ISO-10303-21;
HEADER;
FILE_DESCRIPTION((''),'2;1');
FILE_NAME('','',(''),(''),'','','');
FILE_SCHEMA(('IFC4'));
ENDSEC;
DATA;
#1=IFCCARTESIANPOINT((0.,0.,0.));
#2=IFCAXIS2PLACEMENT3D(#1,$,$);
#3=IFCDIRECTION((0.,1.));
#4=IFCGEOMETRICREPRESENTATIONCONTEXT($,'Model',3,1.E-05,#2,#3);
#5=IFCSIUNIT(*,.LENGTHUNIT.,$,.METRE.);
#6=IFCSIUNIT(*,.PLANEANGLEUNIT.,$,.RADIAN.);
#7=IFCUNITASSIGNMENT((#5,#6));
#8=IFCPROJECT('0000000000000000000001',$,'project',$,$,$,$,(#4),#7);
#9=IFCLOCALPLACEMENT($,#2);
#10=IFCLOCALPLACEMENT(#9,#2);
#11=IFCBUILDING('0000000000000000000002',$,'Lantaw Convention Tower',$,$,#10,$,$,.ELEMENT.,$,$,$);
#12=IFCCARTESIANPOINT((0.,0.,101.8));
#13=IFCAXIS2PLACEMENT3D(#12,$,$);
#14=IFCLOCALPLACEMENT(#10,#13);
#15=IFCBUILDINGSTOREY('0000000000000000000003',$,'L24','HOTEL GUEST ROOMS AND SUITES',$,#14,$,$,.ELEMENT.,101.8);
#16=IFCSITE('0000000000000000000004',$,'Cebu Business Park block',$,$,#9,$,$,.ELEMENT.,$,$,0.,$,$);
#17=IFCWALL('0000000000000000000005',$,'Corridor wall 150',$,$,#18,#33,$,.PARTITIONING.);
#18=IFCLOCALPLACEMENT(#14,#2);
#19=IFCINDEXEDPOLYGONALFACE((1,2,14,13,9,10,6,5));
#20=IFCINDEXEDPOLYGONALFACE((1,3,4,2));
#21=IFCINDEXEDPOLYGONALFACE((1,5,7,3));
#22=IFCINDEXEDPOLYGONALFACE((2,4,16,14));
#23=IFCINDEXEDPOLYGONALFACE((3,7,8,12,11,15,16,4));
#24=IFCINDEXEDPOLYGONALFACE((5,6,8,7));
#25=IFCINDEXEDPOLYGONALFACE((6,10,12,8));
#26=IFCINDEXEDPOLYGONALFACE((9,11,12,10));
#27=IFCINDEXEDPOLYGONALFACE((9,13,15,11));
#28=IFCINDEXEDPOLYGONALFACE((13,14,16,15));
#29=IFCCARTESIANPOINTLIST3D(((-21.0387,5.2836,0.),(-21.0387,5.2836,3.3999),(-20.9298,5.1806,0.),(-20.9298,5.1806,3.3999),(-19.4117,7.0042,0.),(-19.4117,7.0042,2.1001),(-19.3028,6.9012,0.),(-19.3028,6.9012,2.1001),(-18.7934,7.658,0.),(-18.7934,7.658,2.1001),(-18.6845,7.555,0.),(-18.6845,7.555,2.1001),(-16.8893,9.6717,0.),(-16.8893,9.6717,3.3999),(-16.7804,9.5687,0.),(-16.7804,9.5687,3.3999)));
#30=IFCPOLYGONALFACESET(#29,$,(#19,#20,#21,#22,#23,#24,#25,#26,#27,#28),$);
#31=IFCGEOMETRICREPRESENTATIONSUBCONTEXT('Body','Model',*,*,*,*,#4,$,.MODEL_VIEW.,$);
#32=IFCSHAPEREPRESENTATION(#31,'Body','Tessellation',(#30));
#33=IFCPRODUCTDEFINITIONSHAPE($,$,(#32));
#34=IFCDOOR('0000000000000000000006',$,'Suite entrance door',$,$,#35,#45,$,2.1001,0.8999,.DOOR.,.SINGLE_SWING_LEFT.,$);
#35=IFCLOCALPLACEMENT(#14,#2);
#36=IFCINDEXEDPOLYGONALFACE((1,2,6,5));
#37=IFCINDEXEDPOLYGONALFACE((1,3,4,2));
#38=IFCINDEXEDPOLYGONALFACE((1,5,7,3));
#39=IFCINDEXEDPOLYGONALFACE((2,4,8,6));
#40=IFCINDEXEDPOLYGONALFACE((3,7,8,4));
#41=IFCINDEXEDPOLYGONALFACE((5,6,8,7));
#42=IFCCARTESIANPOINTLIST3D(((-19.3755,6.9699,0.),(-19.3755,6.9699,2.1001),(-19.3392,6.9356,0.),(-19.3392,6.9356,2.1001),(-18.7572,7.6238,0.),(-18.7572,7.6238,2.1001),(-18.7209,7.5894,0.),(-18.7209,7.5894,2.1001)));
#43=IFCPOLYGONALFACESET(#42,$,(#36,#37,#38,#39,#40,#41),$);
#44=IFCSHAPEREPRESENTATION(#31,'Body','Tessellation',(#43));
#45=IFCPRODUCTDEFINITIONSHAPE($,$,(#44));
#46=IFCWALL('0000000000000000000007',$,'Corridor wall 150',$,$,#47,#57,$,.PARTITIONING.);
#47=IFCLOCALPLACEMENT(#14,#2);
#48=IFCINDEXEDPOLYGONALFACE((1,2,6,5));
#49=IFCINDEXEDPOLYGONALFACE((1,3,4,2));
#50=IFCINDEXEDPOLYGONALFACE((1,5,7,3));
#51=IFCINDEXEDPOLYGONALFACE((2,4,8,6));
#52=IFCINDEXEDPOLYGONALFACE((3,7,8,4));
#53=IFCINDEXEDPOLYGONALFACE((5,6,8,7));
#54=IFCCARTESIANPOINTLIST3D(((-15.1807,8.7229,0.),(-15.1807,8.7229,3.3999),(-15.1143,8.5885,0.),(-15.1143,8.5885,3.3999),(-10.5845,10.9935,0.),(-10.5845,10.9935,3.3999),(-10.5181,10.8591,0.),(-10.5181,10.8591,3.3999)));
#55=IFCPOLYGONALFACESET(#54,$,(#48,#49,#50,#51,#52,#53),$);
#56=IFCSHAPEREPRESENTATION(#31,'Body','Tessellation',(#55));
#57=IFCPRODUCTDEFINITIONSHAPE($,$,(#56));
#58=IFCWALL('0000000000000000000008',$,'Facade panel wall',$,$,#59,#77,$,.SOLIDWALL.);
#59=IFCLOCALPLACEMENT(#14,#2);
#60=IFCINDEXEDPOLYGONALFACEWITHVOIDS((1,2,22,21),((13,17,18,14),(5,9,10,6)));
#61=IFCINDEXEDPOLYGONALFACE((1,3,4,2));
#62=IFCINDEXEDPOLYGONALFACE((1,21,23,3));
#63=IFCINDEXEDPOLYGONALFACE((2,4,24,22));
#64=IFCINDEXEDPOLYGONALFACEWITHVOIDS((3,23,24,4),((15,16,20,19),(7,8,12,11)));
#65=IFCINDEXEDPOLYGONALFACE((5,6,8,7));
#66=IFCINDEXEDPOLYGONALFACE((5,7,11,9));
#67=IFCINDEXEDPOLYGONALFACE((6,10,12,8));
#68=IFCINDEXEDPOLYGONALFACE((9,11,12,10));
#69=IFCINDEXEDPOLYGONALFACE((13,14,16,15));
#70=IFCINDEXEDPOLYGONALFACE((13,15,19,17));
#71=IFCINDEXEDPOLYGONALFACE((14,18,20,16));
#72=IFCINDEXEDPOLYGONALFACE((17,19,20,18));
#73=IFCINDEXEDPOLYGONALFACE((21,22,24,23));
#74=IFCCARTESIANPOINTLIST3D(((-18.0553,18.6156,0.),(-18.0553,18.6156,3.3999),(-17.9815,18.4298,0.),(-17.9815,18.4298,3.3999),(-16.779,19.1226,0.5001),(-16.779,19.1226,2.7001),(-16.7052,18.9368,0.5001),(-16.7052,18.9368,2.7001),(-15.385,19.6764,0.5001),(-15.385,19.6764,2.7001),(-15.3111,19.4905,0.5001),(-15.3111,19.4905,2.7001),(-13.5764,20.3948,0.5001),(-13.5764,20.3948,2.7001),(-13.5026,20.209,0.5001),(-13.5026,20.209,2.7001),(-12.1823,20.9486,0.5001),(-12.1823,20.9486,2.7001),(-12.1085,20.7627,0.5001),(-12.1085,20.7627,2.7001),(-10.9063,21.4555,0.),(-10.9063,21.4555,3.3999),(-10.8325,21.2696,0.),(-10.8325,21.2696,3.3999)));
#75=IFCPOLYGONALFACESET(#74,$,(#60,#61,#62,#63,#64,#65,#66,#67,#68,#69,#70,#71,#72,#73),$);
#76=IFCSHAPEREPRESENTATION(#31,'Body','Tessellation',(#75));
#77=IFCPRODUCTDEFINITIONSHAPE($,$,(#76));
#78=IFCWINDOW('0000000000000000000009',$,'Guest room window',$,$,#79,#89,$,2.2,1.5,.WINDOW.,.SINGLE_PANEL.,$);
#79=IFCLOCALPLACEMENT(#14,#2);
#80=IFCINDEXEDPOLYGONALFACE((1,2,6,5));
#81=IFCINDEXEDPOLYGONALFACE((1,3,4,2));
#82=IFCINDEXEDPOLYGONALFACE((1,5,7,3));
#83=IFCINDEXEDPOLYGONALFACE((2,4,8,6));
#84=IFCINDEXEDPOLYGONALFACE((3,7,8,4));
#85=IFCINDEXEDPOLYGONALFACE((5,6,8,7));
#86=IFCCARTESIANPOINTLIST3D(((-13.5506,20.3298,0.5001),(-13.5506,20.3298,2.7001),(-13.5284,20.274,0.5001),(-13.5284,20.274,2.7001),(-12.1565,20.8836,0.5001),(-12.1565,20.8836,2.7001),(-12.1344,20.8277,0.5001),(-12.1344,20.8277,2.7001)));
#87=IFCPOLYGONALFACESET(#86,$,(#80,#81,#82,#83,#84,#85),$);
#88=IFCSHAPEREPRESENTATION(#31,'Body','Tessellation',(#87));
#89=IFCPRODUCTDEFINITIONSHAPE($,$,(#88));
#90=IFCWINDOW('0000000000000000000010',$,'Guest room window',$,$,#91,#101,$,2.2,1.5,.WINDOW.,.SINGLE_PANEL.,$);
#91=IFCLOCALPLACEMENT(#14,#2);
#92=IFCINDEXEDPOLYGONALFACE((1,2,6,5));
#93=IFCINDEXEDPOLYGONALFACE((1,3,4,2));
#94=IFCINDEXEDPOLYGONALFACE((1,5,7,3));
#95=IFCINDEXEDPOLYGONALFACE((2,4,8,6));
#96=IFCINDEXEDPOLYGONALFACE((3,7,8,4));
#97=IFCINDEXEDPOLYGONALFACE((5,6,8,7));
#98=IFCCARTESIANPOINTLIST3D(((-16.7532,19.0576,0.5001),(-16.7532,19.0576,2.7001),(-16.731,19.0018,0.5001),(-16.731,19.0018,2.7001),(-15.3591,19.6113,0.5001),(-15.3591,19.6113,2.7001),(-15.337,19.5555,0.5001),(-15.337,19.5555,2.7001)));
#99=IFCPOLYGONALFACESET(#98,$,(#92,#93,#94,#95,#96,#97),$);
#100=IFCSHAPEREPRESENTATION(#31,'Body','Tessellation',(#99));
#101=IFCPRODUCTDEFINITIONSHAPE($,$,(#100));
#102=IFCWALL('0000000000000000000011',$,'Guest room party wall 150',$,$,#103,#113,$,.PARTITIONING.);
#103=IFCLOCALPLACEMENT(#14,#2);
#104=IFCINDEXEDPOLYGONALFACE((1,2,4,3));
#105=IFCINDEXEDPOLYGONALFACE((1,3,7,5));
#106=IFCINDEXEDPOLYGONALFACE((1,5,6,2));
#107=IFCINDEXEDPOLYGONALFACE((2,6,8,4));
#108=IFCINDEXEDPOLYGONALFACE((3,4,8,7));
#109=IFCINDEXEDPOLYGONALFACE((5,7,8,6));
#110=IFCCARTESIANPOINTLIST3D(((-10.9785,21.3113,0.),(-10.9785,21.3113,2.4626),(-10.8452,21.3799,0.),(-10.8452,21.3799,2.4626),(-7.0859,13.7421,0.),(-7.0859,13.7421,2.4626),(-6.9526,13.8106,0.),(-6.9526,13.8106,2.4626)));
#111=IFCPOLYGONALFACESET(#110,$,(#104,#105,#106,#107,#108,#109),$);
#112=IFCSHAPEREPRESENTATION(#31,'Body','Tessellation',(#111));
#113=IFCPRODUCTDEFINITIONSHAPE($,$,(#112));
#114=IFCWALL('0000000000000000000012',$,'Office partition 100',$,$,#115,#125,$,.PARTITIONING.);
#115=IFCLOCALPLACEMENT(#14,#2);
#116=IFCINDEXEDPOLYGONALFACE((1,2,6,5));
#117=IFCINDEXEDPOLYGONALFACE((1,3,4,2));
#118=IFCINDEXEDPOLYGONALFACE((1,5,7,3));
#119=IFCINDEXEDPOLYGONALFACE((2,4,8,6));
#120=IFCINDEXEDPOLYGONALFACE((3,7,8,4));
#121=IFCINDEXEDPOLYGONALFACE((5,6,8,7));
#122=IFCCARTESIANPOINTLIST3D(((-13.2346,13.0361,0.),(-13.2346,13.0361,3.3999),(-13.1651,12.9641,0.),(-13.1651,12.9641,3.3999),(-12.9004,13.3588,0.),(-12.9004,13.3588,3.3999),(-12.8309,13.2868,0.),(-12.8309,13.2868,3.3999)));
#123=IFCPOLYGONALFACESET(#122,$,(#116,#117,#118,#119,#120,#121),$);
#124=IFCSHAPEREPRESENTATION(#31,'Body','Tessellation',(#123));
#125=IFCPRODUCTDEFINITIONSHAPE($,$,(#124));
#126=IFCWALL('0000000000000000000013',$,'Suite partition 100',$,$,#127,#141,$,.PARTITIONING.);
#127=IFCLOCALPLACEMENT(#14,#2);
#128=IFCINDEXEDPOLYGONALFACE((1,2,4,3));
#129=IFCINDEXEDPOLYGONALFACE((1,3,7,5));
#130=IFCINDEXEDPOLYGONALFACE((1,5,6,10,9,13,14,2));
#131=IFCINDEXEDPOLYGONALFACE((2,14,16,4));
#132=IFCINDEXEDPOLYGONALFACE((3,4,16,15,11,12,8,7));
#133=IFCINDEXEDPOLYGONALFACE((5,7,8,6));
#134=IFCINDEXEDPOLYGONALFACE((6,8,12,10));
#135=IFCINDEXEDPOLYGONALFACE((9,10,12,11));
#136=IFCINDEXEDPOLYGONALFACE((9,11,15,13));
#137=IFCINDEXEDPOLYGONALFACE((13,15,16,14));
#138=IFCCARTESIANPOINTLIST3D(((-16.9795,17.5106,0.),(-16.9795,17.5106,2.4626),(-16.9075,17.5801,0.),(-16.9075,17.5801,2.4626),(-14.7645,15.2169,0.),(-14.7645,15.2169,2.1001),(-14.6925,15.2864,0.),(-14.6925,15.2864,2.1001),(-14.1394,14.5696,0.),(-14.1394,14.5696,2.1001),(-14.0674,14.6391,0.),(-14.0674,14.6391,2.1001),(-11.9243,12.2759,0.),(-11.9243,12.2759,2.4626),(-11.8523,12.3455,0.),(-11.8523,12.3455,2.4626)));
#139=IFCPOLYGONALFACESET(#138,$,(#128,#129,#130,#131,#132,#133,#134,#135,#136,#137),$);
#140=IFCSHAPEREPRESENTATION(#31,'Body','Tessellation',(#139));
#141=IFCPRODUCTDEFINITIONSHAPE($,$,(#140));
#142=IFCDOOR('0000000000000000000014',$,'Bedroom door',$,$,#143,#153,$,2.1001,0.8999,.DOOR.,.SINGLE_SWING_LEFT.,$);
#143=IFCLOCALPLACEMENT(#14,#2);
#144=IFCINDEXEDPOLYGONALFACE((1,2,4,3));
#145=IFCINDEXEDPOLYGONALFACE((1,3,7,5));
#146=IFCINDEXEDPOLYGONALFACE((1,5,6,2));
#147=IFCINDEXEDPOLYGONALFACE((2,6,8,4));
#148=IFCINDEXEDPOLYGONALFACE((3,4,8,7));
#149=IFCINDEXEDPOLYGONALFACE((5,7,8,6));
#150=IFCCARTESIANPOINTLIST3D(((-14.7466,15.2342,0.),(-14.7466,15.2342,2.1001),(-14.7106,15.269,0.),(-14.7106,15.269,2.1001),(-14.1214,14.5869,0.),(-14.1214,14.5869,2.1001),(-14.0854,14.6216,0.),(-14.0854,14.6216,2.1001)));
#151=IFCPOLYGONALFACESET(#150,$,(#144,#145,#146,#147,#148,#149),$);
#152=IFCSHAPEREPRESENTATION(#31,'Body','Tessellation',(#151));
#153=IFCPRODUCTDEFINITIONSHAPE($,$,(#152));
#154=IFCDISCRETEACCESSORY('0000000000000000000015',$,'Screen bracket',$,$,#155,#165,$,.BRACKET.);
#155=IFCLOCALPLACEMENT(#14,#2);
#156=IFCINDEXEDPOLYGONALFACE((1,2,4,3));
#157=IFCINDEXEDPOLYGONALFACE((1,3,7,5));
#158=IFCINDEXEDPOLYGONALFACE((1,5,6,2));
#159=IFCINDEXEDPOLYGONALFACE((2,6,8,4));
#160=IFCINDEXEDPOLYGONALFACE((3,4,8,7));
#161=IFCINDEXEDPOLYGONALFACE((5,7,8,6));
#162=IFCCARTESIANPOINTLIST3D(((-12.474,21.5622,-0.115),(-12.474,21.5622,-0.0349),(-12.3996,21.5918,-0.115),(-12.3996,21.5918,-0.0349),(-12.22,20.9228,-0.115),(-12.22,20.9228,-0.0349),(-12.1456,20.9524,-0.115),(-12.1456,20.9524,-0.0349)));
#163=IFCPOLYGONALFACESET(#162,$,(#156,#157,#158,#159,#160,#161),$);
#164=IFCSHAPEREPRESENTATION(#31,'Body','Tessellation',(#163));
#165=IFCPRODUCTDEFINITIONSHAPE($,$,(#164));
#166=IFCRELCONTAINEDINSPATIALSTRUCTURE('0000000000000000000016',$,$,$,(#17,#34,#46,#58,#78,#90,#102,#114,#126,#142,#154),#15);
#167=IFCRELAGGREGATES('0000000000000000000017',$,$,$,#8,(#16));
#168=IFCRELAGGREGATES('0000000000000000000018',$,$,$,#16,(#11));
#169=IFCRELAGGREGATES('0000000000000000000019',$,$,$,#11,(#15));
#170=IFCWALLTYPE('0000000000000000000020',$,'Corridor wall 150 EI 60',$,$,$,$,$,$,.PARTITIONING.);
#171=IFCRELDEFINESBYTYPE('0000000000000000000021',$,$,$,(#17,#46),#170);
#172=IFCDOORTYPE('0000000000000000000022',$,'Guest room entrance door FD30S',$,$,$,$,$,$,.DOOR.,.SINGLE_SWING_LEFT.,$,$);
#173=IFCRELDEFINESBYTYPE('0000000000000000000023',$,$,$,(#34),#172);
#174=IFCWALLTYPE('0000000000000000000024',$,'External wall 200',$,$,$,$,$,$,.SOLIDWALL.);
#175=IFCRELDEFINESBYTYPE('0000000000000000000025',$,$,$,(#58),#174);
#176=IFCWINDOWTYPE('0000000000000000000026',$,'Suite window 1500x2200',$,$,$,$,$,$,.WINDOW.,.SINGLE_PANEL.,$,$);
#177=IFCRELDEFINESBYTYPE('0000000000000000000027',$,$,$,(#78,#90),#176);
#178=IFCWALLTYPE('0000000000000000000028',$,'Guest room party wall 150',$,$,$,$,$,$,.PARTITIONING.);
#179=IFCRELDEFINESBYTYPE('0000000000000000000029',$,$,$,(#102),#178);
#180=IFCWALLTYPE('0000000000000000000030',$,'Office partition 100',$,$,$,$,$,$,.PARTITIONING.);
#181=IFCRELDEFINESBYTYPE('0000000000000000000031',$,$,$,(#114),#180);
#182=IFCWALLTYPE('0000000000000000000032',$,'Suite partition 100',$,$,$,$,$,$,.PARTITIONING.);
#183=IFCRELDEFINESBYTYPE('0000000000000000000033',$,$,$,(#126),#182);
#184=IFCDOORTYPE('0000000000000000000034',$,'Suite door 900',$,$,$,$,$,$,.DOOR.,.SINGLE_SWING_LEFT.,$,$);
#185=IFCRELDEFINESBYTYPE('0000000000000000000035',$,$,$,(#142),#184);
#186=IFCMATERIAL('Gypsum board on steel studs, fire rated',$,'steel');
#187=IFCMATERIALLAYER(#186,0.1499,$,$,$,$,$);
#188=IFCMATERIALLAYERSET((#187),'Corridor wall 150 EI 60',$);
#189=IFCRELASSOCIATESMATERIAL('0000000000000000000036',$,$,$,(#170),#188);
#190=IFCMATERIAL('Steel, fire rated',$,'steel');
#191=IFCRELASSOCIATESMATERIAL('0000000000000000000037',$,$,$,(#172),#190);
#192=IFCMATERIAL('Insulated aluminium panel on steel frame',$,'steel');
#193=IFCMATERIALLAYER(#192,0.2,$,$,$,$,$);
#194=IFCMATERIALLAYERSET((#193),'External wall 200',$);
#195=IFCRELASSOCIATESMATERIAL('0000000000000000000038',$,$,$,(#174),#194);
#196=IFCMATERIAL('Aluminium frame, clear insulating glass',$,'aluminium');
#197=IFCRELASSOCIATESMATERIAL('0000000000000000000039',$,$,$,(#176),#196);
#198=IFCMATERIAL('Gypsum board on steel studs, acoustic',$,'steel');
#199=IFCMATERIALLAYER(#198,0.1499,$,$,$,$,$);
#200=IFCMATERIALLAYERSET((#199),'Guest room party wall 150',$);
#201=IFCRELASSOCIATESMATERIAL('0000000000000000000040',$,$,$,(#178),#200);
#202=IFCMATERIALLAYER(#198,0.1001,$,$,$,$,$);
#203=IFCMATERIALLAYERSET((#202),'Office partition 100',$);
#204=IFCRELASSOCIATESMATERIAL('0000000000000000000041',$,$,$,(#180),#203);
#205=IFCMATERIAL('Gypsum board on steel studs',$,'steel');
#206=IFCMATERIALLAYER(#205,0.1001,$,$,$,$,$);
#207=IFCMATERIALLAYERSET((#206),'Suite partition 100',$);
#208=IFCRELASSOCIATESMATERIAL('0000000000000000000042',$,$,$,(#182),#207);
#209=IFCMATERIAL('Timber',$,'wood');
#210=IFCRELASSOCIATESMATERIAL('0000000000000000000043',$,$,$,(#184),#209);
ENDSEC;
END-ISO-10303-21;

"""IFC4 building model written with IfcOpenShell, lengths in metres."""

from ifc_helpers import new_model, si_unit, direction, frame, frame_2d, origin, origin_2d, place, context, subcontext, project, spatial, rectangle, extrude, material, layer, layer_set, type_object, element, fill, save


model = new_model("IFC4")

# Units and contexts
model_context = context("Model", 3, precision=1e-05, world=origin(), true_north=direction((0.0, 1.0)))
body_context = subcontext(model_context, "Body", "Model", "MODEL_VIEW")
ifc_project = project(units=[si_unit("LENGTHUNIT", "METRE"), si_unit("PLANEANGLEUNIT", "RADIAN")], contexts=[model_context])

# Site, building, storey
site_placement = place(None, origin())
site = spatial("IfcSite", under=ifc_project, at=site_placement, Name="Cebu Business Park block", CompositionType="ELEMENT", RefElevation=0.0)
building_placement = place(site_placement, origin())
building = spatial("IfcBuilding", under=site, at=building_placement, Name="Lantaw Convention Tower", CompositionType="ELEMENT")
storey_placement = place(building_placement, frame((0.0, 0.0, 101.8)))
storey = spatial("IfcBuildingStorey", under=building, at=storey_placement, Name="L24", Description="HOTEL GUEST ROOMS AND SUITES", CompositionType="ELEMENT", Elevation=101.8)

# Shared definitions
ifc_material_1 = material(Name="Steel, fire rated", Category="steel")

# Shared definitions
ifc_material_2 = material(Name="Gypsum board on steel studs, fire rated", Category="steel")
ifc_layer_1 = layer(ifc_material_2, 0.1499)
ifc_layer_set_1 = layer_set([ifc_layer_1], Name="Corridor wall 150 EI 60")
wall_type_1 = type_object("IfcWallType", Name="Corridor wall 150 EI 60", PredefinedType="PARTITIONING", material=ifc_layer_set_1)

# Wall, opening, door
wall_1_placement = place(storey_placement, frame((-16.835, 9.6201, 0.0), z_axis=(0.0, 0.0, 1.0), x_axis=(-0.687063, -0.726598, 0.0)))
wall_1 = element("IfcWall", 1, at=wall_1_placement, inside=storey, type_object=wall_type_1, Name="Corridor wall 150", PredefinedType="PARTITIONING", context=body_context, shape_type="SweptSolid", body=[
    extrude(rectangle(XDim=6.0393, YDim=0.1499, at=frame_2d((3.0195, 0.0))), origin(), (0.0, 0.0, 1.0), 3.3999),
])
opening_1_placement = place(wall_1_placement, frame((2.7712, 0.0, 0.0)))
opening_1 = element("IfcOpeningElement", 2, at=opening_1_placement, cuts=wall_1, PredefinedType="OPENING", context=body_context, shape_type="SweptSolid", body=[
    extrude(rectangle(XDim=0.8999, YDim=2.1001, at=frame_2d((0.45, 1.05))), frame((0.0, 0.085, 0.0), z_axis=(0.0, -1.0, 0.0), x_axis=(1.0, 0.0, 0.0)), (0.0, 0.0, 1.0), 0.1699),
])
door_type_1 = type_object("IfcDoorType", Name="Guest room entrance door FD30S", OperationType="SINGLE_SWING_LEFT", PredefinedType="DOOR", material=ifc_material_1)
door_1_placement = place(opening_1_placement, origin())
door_1 = element("IfcDoor", 3, at=door_1_placement, inside=storey, type_object=door_type_1, Name="Suite entrance door", OperationType="SINGLE_SWING_LEFT", OverallHeight=2.1001, OverallWidth=0.8999, PredefinedType="DOOR", context=body_context, shape_type="SweptSolid", body=[
    extrude(rectangle(XDim=0.8999, YDim=2.1001, at=frame_2d((0.45, 1.05))), frame((0.0, 0.0249, 0.0), z_axis=(0.0, -1.0, 0.0), x_axis=(1.0, 0.0, 0.0)), (0.0, 0.0, 1.0), 0.05),
])
fill(opening_1, door_1)

# Wall
wall_2_placement = place(storey_placement, frame((-10.5513, 10.9263, 0.0), z_axis=(0.0, 0.0, 1.0), x_axis=(-0.896569, -0.442903, 0.0)))
element("IfcWall", 4, at=wall_2_placement, inside=storey, type_object=wall_type_1, Name="Corridor wall 150", PredefinedType="PARTITIONING", context=body_context, shape_type="SweptSolid", body=[
    extrude(rectangle(XDim=5.1265, YDim=0.1499, at=frame_2d((2.5632, 0.0))), origin(), (0.0, 0.0, 1.0), 3.3999),
])

# Wall, openings, windows
ifc_material_3 = material(Name="Insulated aluminium panel on steel frame", Category="steel")
ifc_layer_2 = layer(ifc_material_3, 0.2)
ifc_layer_set_2 = layer_set([ifc_layer_2], Name="External wall 200")
wall_type_2 = type_object("IfcWallType", Name="External wall 200", PredefinedType="SOLIDWALL", material=ifc_layer_set_2)
wall_3_placement = place(storey_placement, frame((-10.8694, 21.3625, 0.0), z_axis=(0.0, 0.0, 1.0), x_axis=(-0.929358, -0.369179, 0.0)))
wall_3 = element("IfcWall", 5, at=wall_3_placement, inside=storey, type_object=wall_type_2, Name="Facade panel wall", PredefinedType="SOLIDWALL", context=body_context, shape_type="SweptSolid", body=[
    extrude(rectangle(XDim=7.6924, YDim=0.2, at=frame_2d((3.8462, 0.0))), origin(), (0.0, 0.0, 1.0), 3.3999),
])
opening_2_placement = place(wall_3_placement, frame((1.373, 0.0, 0.5)))
opening_2 = element("IfcOpeningElement", 6, at=opening_2_placement, cuts=wall_3, PredefinedType="OPENING", context=body_context, shape_type="SweptSolid", body=[
    extrude(rectangle(XDim=1.5, YDim=2.2, at=frame_2d((0.75, 1.1001))), frame((0.0, 0.1099, 0.0), z_axis=(0.0, -1.0, 0.0), x_axis=(1.0, 0.0, 0.0)), (0.0, 0.0, 1.0), 0.22),
])
opening_3_placement = place(wall_3_placement, frame((4.8191, 0.0, 0.5)))
opening_3 = element("IfcOpeningElement", 7, at=opening_3_placement, cuts=wall_3, PredefinedType="OPENING", context=body_context, shape_type="SweptSolid", body=[
    extrude(rectangle(XDim=1.5, YDim=2.2, at=frame_2d((0.75, 1.1001))), frame((0.0, 0.1099, 0.0), z_axis=(0.0, -1.0, 0.0), x_axis=(1.0, 0.0, 0.0)), (0.0, 0.0, 1.0), 0.22),
])
ifc_material_4 = material(Name="Aluminium frame, clear insulating glass", Category="aluminium")
window_type = type_object("IfcWindowType", Name="Suite window 1500x2200", PartitioningType="SINGLE_PANEL", PredefinedType="WINDOW", material=ifc_material_4)
window_1_placement = place(opening_2_placement, origin())
window_1 = element("IfcWindow", 8, at=window_1_placement, inside=storey, type_object=window_type, Name="Guest room window", OverallHeight=2.2, OverallWidth=1.5, PartitioningType="SINGLE_PANEL", PredefinedType="WINDOW", context=body_context, shape_type="SweptSolid", body=[
    extrude(rectangle(XDim=1.5, YDim=2.2, at=frame_2d((0.75, 1.1001))), frame((0.0, 0.03, 0.0), z_axis=(0.0, -1.0, 0.0), x_axis=(1.0, 0.0, 0.0)), (0.0, 0.0, 1.0), 0.0601),
])
fill(opening_2, window_1)
window_2_placement = place(opening_3_placement, origin())
window_2 = element("IfcWindow", 9, at=window_2_placement, inside=storey, type_object=window_type, Name="Guest room window", OverallHeight=2.2, OverallWidth=1.5, PartitioningType="SINGLE_PANEL", PredefinedType="WINDOW", context=body_context, shape_type="SweptSolid", body=[
    extrude(rectangle(XDim=1.5, YDim=2.2, at=frame_2d((0.75, 1.1001))), frame((0.0, 0.03, 0.0), z_axis=(0.0, -1.0, 0.0), x_axis=(1.0, 0.0, 0.0)), (0.0, 0.0, 1.0), 0.0601),
])
fill(opening_3, window_2)

# Walls
ifc_material_5 = material(Name="Gypsum board on steel studs, acoustic", Category="steel")
ifc_layer_3 = layer(ifc_material_5, 0.1499)
ifc_layer_set_3 = layer_set([ifc_layer_3], Name="Guest room party wall 150")
wall_type_3 = type_object("IfcWallType", Name="Guest room party wall 150", PredefinedType="PARTITIONING", material=ifc_layer_set_3)
wall_4_placement = place(storey_placement, frame((-10.9119, 21.3457, 0.0), z_axis=(0.0, 0.0, 1.0), x_axis=(0.457327, -0.889298, 0.0)))
element("IfcWall", 10, at=wall_4_placement, inside=storey, type_object=wall_type_3, Name="Guest room party wall 150", PredefinedType="PARTITIONING", context=body_context, shape_type="SweptSolid", body=[
    extrude(rectangle(XDim=8.5115, YDim=0.1499, at=frame_2d((4.2559, 0.0))), origin(), (0.0, 0.0, 1.0), 2.4626),
])
ifc_layer_4 = layer(ifc_material_5, 0.1001)
ifc_layer_set_4 = layer_set([ifc_layer_4], Name="Office partition 100")
wall_type_4 = type_object("IfcWallType", Name="Office partition 100", PredefinedType="PARTITIONING", material=ifc_layer_set_4)
wall_5_placement = place(storey_placement, frame((-13.2, 13.0, 0.0), z_axis=(0.0, 0.0, 1.0), x_axis=(0.719347, 0.694651, 0.0)))
element("IfcWall", 11, at=wall_5_placement, inside=storey, type_object=wall_type_4, Name="Office partition 100", PredefinedType="PARTITIONING", context=body_context, shape_type="SweptSolid", body=[
    extrude(rectangle(XDim=0.4646, YDim=0.1001, at=frame_2d((0.2324, 0.0))), origin(), (0.0, 0.0, 1.0), 3.3999),
])

# Wall, opening, door
ifc_material_6 = material(Name="Gypsum board on steel studs", Category="steel")
ifc_layer_5 = layer(ifc_material_6, 0.1001)
ifc_layer_set_5 = layer_set([ifc_layer_5], Name="Suite partition 100")
wall_type_5 = type_object("IfcWallType", Name="Suite partition 100", PredefinedType="PARTITIONING", material=ifc_layer_set_5)
wall_6_placement = place(storey_placement, frame((-16.9436, 17.5454, 0.0), z_axis=(0.0, 0.0, 1.0), x_axis=(0.69467, -0.719329, 0.0)))
wall_6 = element("IfcWall", 12, at=wall_6_placement, inside=storey, type_object=wall_type_5, Name="Suite partition 100", PredefinedType="PARTITIONING", context=body_context, shape_type="SweptSolid", body=[
    extrude(rectangle(XDim=7.2771, YDim=0.1001, at=frame_2d((3.6387, 0.0))), origin(), (0.0, 0.0, 1.0), 2.4626),
])
opening_4_placement = place(wall_6_placement, frame((3.1887, 0.0, 0.0)))
opening_4 = element("IfcOpeningElement", 13, at=opening_4_placement, cuts=wall_6, PredefinedType="OPENING", context=body_context, shape_type="SweptSolid", body=[
    extrude(rectangle(XDim=0.8999, YDim=2.1001, at=frame_2d((0.45, 1.05))), frame((0.0, 0.0601, 0.0), z_axis=(0.0, -1.0, 0.0), x_axis=(1.0, 0.0, 0.0)), (0.0, 0.0, 1.0), 0.1201),
])
ifc_material_7 = material(Name="Timber", Category="wood")
door_type_2 = type_object("IfcDoorType", Name="Suite door 900", OperationType="SINGLE_SWING_LEFT", PredefinedType="DOOR", material=ifc_material_7)
door_2_placement = place(opening_4_placement, origin())
door_2 = element("IfcDoor", 14, at=door_2_placement, inside=storey, type_object=door_type_2, Name="Bedroom door", OperationType="SINGLE_SWING_LEFT", OverallHeight=2.1001, OverallWidth=0.8999, PredefinedType="DOOR", context=body_context, shape_type="SweptSolid", body=[
    extrude(rectangle(XDim=0.8999, YDim=2.1001, at=frame_2d((0.45, 1.05))), frame((0.0, 0.0249, 0.0), z_axis=(0.0, -1.0, 0.0), x_axis=(1.0, 0.0, 0.0)), (0.0, 0.0, 1.0), 0.05),
])
fill(opening_4, door_2)

# Discrete accessory
discrete_accessory_placement = place(storey_placement, frame((-12.3098, 21.2573, -0.115), z_axis=(0.0, 0.0, 1.0), x_axis=(-0.929361, -0.369172, 0.0)))
element("IfcDiscreteAccessory", 15, at=discrete_accessory_placement, inside=storey, Name="Screen bracket", PredefinedType="BRACKET", context=body_context, shape_type="SweptSolid", body=[
    extrude(rectangle(XDim=0.0801, YDim=0.688, at=origin_2d()), origin(), (0.0, 0.0, 1.0), 0.0801),
])

save(model, "model.ifc")
